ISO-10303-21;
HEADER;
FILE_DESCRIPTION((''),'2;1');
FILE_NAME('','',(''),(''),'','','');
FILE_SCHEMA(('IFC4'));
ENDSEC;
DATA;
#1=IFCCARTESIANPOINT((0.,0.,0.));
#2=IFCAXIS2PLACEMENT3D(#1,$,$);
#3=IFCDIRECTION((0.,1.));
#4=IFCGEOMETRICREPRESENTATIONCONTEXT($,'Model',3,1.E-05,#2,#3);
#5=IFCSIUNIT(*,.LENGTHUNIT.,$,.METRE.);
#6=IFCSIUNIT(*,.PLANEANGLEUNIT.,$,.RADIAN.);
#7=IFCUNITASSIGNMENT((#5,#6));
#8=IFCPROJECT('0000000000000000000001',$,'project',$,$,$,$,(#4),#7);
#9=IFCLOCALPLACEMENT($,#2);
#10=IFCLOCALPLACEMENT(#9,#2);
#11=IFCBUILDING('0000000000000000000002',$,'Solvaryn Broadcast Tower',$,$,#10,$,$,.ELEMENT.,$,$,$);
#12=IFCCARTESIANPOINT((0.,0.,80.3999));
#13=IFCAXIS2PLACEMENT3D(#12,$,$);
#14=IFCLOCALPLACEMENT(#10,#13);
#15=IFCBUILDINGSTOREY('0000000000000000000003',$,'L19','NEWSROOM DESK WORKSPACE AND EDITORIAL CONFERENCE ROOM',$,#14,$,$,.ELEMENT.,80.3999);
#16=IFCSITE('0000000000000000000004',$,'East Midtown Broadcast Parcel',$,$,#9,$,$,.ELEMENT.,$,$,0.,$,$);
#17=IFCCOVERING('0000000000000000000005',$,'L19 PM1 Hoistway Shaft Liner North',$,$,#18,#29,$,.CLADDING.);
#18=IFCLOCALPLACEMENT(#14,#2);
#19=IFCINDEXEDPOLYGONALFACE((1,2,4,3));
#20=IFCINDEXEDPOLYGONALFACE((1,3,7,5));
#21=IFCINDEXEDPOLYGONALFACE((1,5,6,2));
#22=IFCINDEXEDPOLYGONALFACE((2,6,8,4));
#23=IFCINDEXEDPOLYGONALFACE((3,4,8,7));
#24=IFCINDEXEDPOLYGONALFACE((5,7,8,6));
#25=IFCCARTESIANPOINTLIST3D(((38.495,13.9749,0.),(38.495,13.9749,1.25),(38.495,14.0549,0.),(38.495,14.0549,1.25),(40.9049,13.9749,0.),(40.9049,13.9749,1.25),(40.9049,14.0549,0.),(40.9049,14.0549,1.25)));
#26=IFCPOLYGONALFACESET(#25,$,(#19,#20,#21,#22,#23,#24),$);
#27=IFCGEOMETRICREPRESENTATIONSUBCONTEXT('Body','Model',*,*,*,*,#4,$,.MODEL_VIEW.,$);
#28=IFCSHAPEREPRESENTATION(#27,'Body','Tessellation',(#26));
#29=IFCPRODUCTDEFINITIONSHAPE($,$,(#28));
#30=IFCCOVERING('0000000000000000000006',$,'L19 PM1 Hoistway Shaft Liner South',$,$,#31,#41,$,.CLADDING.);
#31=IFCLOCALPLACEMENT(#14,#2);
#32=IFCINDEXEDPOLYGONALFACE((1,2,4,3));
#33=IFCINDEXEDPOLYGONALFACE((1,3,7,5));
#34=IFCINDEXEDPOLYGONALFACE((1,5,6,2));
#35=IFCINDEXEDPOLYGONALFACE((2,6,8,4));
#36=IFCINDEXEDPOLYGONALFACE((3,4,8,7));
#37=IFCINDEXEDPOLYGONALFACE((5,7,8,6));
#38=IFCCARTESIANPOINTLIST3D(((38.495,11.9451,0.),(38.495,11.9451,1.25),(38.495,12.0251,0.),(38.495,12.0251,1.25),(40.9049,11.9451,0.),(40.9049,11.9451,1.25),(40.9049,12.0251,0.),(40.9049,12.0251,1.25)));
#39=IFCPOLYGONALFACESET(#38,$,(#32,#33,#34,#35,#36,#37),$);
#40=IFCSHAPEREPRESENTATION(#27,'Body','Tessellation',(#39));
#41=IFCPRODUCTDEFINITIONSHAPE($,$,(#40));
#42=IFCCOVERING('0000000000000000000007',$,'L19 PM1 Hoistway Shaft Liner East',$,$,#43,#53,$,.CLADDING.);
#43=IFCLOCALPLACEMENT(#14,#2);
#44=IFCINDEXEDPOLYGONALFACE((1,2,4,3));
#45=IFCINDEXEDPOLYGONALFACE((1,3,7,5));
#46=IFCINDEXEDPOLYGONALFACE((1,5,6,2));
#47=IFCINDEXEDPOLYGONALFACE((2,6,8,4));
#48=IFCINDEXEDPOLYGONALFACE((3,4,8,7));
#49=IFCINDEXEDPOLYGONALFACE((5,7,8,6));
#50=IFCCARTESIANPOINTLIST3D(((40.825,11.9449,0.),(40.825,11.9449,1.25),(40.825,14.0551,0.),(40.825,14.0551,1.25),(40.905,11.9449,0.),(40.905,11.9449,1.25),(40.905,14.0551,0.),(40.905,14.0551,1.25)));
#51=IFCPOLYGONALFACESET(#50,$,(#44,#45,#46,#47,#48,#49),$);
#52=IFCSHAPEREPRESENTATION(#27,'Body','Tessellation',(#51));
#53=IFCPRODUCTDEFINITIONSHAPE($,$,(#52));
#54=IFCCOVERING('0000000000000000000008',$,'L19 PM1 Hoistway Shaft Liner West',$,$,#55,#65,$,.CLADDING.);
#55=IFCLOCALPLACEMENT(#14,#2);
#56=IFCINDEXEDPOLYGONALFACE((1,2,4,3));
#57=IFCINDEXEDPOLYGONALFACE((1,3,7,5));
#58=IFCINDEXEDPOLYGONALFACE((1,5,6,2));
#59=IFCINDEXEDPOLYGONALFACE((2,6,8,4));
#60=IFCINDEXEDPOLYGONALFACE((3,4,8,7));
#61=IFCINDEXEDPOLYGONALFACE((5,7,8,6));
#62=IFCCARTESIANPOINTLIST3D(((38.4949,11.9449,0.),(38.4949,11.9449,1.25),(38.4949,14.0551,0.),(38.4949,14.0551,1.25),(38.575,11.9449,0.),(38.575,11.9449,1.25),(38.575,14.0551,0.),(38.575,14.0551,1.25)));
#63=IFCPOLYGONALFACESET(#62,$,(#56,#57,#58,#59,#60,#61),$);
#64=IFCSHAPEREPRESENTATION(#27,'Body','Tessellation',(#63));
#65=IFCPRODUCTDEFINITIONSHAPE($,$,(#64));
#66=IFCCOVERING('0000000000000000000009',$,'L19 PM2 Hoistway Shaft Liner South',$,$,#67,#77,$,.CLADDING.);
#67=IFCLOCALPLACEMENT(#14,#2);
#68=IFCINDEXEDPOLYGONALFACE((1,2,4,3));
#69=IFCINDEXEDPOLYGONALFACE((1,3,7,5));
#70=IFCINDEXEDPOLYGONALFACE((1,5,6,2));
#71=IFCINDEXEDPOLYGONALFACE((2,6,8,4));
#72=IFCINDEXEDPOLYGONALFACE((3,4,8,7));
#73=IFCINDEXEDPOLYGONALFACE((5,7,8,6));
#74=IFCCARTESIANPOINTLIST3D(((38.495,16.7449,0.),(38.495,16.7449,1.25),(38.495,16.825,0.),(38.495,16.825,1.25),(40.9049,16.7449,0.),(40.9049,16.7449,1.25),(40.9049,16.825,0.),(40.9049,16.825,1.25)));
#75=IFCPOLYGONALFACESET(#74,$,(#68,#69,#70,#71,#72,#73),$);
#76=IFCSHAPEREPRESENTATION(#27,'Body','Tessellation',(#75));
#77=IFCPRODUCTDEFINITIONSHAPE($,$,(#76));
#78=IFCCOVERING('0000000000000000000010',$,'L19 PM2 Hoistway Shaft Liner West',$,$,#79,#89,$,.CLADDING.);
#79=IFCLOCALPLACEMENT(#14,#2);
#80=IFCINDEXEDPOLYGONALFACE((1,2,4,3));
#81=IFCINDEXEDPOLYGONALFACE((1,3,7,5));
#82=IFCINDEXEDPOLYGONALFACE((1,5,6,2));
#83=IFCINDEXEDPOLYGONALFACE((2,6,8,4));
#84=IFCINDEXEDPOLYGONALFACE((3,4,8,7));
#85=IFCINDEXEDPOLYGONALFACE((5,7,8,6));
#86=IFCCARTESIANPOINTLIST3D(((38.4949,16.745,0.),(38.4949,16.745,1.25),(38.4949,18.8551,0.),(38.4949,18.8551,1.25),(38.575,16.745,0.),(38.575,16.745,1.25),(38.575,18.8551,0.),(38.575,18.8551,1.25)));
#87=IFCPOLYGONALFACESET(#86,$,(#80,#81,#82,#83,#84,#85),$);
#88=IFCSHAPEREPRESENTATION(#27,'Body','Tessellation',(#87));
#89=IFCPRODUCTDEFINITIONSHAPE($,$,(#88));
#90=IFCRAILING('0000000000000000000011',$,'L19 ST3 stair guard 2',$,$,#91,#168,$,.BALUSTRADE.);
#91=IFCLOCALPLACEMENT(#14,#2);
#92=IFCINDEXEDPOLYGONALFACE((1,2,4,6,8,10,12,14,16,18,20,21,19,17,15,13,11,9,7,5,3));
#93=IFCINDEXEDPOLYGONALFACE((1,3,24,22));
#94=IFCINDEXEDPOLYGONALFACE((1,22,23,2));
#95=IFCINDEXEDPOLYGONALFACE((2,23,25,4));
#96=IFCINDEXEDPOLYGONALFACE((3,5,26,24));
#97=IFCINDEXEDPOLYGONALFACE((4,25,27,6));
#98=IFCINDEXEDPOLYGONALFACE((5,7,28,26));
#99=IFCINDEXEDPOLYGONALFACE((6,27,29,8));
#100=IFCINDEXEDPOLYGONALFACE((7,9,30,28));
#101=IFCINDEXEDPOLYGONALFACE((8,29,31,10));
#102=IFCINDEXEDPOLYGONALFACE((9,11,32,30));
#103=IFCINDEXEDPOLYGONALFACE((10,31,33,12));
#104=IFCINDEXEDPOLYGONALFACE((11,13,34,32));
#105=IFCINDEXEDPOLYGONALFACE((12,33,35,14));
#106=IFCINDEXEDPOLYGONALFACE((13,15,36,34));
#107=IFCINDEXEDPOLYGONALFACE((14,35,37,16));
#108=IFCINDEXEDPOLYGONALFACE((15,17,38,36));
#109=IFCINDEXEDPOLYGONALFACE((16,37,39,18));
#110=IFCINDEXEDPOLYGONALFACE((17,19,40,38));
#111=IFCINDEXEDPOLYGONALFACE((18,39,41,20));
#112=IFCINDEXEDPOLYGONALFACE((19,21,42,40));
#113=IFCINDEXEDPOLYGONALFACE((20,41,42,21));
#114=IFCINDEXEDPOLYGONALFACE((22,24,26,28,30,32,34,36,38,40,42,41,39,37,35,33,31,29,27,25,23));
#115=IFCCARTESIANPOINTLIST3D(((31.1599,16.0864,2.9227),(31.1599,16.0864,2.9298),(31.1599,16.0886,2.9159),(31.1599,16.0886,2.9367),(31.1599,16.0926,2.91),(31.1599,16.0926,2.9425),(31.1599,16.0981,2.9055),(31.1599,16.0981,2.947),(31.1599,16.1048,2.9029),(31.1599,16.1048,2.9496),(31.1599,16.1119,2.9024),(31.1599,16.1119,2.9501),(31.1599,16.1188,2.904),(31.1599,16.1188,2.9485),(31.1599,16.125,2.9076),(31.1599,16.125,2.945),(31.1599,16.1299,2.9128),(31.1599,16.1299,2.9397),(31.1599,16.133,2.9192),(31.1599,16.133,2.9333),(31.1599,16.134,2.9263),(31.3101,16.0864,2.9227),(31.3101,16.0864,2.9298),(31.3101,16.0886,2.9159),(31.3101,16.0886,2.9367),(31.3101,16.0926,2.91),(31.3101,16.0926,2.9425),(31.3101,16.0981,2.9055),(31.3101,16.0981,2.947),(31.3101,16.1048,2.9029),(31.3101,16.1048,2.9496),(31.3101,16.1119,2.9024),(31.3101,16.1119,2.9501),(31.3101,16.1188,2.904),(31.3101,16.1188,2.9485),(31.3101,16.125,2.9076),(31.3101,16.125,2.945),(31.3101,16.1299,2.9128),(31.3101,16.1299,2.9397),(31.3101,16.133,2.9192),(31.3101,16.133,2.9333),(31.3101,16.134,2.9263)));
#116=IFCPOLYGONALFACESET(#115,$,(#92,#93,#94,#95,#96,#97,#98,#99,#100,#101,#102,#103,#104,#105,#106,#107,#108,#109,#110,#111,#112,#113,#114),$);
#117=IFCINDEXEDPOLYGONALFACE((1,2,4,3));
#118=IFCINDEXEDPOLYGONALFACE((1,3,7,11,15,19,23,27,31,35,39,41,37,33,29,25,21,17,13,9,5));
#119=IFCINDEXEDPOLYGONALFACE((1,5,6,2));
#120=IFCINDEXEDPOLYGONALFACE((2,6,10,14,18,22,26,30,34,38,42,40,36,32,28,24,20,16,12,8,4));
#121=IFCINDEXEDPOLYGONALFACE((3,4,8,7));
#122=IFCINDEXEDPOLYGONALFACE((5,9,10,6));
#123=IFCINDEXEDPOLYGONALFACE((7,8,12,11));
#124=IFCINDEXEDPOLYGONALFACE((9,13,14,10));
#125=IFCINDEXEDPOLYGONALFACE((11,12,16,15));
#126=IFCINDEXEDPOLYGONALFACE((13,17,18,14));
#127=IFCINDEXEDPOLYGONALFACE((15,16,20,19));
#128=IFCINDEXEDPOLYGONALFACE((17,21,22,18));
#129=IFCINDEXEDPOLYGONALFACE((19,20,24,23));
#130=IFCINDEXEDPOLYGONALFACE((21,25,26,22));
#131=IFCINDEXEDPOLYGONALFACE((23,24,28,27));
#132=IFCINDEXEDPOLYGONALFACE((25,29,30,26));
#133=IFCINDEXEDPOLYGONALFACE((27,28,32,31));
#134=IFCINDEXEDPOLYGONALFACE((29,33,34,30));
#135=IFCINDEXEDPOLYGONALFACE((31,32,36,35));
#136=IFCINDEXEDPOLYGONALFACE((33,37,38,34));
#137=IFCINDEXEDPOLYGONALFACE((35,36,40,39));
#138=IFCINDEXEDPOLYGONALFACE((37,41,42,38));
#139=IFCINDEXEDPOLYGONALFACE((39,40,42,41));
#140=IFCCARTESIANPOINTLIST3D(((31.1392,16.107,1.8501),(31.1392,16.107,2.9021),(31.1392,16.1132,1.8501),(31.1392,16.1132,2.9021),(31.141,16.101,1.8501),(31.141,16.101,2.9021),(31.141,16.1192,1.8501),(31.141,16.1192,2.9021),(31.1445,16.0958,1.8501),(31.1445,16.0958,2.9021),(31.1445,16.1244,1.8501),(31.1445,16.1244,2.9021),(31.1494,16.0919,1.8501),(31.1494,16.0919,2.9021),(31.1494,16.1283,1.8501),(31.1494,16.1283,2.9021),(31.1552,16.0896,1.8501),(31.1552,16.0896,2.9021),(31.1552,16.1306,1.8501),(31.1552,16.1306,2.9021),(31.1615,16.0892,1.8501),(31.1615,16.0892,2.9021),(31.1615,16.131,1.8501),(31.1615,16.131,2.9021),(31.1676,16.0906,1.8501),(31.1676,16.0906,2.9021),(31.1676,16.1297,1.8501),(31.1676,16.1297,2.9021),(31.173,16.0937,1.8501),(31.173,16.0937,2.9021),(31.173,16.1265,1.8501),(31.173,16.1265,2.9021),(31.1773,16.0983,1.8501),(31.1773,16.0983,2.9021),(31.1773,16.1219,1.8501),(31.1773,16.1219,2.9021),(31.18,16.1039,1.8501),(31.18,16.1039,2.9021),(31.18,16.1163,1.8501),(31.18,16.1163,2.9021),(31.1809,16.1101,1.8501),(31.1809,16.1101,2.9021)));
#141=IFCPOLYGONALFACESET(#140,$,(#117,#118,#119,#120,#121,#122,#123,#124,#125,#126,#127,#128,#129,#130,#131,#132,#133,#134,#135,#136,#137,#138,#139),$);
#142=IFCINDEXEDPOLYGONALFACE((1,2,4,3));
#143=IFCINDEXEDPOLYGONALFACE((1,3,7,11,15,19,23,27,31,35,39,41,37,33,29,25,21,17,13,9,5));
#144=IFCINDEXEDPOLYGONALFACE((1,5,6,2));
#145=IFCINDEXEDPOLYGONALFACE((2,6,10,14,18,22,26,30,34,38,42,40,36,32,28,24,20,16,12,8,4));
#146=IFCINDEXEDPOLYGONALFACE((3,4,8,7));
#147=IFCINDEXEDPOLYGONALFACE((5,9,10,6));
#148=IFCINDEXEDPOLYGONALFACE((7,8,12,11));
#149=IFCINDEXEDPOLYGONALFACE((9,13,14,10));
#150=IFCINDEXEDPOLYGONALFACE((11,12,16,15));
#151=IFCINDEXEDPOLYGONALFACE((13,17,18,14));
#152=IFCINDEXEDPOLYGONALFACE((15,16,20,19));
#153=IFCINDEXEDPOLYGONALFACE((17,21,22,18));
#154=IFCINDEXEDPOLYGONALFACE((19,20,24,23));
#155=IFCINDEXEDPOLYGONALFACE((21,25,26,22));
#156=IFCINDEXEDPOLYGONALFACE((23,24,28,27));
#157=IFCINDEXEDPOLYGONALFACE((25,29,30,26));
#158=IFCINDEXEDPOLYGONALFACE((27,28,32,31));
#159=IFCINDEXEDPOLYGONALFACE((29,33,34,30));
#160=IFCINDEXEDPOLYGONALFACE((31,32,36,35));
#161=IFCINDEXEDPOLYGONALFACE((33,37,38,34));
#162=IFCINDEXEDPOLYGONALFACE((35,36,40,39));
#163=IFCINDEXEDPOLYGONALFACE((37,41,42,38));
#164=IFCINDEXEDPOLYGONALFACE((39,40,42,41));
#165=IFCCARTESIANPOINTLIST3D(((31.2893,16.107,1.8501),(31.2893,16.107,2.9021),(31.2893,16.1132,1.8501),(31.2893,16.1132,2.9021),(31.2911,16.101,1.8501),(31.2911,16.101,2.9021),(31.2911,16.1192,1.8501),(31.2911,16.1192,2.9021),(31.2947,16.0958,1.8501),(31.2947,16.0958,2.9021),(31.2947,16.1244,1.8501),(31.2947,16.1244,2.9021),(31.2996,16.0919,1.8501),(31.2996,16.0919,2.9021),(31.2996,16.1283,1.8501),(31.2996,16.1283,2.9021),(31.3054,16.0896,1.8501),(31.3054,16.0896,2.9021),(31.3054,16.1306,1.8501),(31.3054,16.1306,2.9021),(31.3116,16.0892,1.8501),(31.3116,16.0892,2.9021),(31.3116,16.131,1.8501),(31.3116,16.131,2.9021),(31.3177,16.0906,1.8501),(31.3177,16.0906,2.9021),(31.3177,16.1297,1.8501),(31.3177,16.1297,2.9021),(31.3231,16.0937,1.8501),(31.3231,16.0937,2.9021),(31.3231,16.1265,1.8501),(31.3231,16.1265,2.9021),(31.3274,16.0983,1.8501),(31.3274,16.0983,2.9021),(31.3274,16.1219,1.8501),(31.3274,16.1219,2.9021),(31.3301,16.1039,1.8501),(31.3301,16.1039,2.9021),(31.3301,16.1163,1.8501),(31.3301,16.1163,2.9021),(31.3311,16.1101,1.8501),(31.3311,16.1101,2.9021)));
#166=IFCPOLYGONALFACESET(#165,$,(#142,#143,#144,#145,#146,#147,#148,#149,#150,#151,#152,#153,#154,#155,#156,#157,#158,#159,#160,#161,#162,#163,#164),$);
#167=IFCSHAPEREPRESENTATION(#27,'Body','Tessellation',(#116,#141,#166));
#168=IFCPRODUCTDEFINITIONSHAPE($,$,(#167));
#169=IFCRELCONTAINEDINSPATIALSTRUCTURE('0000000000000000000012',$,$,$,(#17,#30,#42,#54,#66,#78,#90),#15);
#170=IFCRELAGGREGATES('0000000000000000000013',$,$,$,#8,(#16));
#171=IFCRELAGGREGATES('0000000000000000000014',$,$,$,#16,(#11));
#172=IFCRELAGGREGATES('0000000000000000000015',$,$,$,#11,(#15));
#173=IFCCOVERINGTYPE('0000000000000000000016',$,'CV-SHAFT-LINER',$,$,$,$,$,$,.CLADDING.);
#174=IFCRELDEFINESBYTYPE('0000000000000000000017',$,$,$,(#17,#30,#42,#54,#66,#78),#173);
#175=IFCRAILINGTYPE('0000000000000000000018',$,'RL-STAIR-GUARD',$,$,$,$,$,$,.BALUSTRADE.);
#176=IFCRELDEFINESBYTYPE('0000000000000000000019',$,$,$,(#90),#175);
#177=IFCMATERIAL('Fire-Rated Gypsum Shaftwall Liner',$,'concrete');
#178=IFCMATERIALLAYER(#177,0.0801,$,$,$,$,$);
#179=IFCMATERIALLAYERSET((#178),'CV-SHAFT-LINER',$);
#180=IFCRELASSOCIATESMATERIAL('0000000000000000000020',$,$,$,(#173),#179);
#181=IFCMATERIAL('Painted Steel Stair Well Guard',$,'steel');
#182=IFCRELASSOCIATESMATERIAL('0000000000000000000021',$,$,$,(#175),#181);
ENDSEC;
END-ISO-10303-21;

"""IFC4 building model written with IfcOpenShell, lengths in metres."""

from ifc_helpers import new_model, si_unit, direction, frame, origin, origin_2d, place, context, subcontext, project, spatial, rectangle, circle, extrude, material, layer, layer_set, type_object, element, save


model = new_model("IFC4")

# Units and contexts
model_context = context("Model", 3, precision=1e-05, world=origin(), true_north=direction((0.0, 1.0)))
body_context = subcontext(model_context, "Body", "Model", "MODEL_VIEW")
ifc_project = project(units=[si_unit("LENGTHUNIT", "METRE"), si_unit("PLANEANGLEUNIT", "RADIAN")], contexts=[model_context])

# Site, building, storey
site_placement = place(None, origin())
site = spatial("IfcSite", under=ifc_project, at=site_placement, Name="East Midtown Broadcast Parcel", CompositionType="ELEMENT", RefElevation=0.0)
building_placement = place(site_placement, origin())
building = spatial("IfcBuilding", under=site, at=building_placement, Name="Solvaryn Broadcast Tower", CompositionType="ELEMENT")
storey_placement = place(building_placement, frame((0.0, 0.0, 80.3999)))
storey = spatial("IfcBuildingStorey", under=building, at=storey_placement, Name="L19", Description="NEWSROOM DESK WORKSPACE AND EDITORIAL CONFERENCE ROOM", CompositionType="ELEMENT", Elevation=80.3999)

# Coverings
ifc_material_1 = material(Name="Fire-Rated Gypsum Shaftwall Liner", Category="concrete")
ifc_layer_1 = layer(ifc_material_1, 0.0801)
ifc_layer_set_1 = layer_set([ifc_layer_1], Name="CV-SHAFT-LINER")
covering_type = type_object("IfcCoveringType", Name="CV-SHAFT-LINER", PredefinedType="CLADDING", material=ifc_layer_set_1)
for number, where, z_axis, x_axis, name in (
    (1, (39.7, 14.0149, 0.0), (0.0, 0.0, 1.0), (1.0, 0.0, 0.0), "L19 PM1 Hoistway Shaft Liner North"),
    (2, (39.7, 11.9851, 0.0), (0.0, 0.0, 1.0), (1.0, 0.0, 0.0), "L19 PM1 Hoistway Shaft Liner South"),
):
    element("IfcCovering", number, at=place(storey_placement, frame(where, z_axis=z_axis, x_axis=x_axis)), inside=storey, type_object=covering_type, Name=name, PredefinedType="CLADDING", context=body_context, shape_type="SweptSolid", body=[
        extrude(rectangle(XDim=2.4099, YDim=0.0801, at=origin_2d()), origin(), (0.0, 0.0, 1.0), 1.25),
    ])
for number, where, z_axis, x_axis, name in (
    (3, (40.865, 13.0, 0.0), (0.0, 0.0, 1.0), (1.0, 0.0, 0.0), "L19 PM1 Hoistway Shaft Liner East"),
    (4, (38.5349, 13.0, 0.0), (0.0, 0.0, 1.0), (1.0, 0.0, 0.0), "L19 PM1 Hoistway Shaft Liner West"),
):
    element("IfcCovering", number, at=place(storey_placement, frame(where, z_axis=z_axis, x_axis=x_axis)), inside=storey, type_object=covering_type, Name=name, PredefinedType="CLADDING", context=body_context, shape_type="SweptSolid", body=[
        extrude(rectangle(XDim=0.0801, YDim=2.1101, at=origin_2d()), origin(), (0.0, 0.0, 1.0), 1.25),
    ])
covering_1_placement = place(storey_placement, frame((39.7, 16.7849, 0.0), z_axis=(0.0, 0.0, 1.0), x_axis=(1.0, 0.0, 0.0)))
element("IfcCovering", 5, at=covering_1_placement, inside=storey, type_object=covering_type, Name="L19 PM2 Hoistway Shaft Liner South", PredefinedType="CLADDING", context=body_context, shape_type="SweptSolid", body=[
    extrude(rectangle(XDim=2.4099, YDim=0.0801, at=origin_2d()), origin(), (0.0, 0.0, 1.0), 1.25),
])
covering_2_placement = place(storey_placement, frame((38.5349, 17.8, 0.0), z_axis=(0.0, 0.0, 1.0), x_axis=(1.0, 0.0, 0.0)))
element("IfcCovering", 6, at=covering_2_placement, inside=storey, type_object=covering_type, Name="L19 PM2 Hoistway Shaft Liner West", PredefinedType="CLADDING", context=body_context, shape_type="SweptSolid", body=[
    extrude(rectangle(XDim=0.0801, YDim=2.1101, at=origin_2d()), origin(), (0.0, 0.0, 1.0), 1.25),
])

# Railing
ifc_material_2 = material(Name="Painted Steel Stair Well Guard", Category="steel")
railing_type_1 = type_object("IfcRailingType", Name="RL-STAIR-GUARD", PredefinedType="BALUSTRADE", material=ifc_material_2)
railing_1_placement = place(storey_placement, frame((31.1599, 16.1101, 1.8501)))
element("IfcRailing", 7, at=railing_1_placement, inside=storey, type_object=railing_type_1, Name="L19 ST3 stair guard 2", PredefinedType="BALUSTRADE", context=body_context, shape_type="SweptSolid", body=[
    extrude(circle(Radius=0.0239, at=origin_2d()), frame((0.0, 0.0, 1.0762), z_axis=(1.0, 0.0, 0.0), x_axis=(0.0, 1.0, 0.0)), (0.0, 0.0, 1.0), 0.1501),
    extrude(circle(Radius=0.021, at=origin_2d()), origin(), (0.0, 0.0, 1.0), 1.052),
    extrude(circle(Radius=0.021, at=origin_2d()), frame((0.1501, 0.0, 0.0)), (0.0, 0.0, 1.0), 1.052),
])

save(model, "model.ifc")
